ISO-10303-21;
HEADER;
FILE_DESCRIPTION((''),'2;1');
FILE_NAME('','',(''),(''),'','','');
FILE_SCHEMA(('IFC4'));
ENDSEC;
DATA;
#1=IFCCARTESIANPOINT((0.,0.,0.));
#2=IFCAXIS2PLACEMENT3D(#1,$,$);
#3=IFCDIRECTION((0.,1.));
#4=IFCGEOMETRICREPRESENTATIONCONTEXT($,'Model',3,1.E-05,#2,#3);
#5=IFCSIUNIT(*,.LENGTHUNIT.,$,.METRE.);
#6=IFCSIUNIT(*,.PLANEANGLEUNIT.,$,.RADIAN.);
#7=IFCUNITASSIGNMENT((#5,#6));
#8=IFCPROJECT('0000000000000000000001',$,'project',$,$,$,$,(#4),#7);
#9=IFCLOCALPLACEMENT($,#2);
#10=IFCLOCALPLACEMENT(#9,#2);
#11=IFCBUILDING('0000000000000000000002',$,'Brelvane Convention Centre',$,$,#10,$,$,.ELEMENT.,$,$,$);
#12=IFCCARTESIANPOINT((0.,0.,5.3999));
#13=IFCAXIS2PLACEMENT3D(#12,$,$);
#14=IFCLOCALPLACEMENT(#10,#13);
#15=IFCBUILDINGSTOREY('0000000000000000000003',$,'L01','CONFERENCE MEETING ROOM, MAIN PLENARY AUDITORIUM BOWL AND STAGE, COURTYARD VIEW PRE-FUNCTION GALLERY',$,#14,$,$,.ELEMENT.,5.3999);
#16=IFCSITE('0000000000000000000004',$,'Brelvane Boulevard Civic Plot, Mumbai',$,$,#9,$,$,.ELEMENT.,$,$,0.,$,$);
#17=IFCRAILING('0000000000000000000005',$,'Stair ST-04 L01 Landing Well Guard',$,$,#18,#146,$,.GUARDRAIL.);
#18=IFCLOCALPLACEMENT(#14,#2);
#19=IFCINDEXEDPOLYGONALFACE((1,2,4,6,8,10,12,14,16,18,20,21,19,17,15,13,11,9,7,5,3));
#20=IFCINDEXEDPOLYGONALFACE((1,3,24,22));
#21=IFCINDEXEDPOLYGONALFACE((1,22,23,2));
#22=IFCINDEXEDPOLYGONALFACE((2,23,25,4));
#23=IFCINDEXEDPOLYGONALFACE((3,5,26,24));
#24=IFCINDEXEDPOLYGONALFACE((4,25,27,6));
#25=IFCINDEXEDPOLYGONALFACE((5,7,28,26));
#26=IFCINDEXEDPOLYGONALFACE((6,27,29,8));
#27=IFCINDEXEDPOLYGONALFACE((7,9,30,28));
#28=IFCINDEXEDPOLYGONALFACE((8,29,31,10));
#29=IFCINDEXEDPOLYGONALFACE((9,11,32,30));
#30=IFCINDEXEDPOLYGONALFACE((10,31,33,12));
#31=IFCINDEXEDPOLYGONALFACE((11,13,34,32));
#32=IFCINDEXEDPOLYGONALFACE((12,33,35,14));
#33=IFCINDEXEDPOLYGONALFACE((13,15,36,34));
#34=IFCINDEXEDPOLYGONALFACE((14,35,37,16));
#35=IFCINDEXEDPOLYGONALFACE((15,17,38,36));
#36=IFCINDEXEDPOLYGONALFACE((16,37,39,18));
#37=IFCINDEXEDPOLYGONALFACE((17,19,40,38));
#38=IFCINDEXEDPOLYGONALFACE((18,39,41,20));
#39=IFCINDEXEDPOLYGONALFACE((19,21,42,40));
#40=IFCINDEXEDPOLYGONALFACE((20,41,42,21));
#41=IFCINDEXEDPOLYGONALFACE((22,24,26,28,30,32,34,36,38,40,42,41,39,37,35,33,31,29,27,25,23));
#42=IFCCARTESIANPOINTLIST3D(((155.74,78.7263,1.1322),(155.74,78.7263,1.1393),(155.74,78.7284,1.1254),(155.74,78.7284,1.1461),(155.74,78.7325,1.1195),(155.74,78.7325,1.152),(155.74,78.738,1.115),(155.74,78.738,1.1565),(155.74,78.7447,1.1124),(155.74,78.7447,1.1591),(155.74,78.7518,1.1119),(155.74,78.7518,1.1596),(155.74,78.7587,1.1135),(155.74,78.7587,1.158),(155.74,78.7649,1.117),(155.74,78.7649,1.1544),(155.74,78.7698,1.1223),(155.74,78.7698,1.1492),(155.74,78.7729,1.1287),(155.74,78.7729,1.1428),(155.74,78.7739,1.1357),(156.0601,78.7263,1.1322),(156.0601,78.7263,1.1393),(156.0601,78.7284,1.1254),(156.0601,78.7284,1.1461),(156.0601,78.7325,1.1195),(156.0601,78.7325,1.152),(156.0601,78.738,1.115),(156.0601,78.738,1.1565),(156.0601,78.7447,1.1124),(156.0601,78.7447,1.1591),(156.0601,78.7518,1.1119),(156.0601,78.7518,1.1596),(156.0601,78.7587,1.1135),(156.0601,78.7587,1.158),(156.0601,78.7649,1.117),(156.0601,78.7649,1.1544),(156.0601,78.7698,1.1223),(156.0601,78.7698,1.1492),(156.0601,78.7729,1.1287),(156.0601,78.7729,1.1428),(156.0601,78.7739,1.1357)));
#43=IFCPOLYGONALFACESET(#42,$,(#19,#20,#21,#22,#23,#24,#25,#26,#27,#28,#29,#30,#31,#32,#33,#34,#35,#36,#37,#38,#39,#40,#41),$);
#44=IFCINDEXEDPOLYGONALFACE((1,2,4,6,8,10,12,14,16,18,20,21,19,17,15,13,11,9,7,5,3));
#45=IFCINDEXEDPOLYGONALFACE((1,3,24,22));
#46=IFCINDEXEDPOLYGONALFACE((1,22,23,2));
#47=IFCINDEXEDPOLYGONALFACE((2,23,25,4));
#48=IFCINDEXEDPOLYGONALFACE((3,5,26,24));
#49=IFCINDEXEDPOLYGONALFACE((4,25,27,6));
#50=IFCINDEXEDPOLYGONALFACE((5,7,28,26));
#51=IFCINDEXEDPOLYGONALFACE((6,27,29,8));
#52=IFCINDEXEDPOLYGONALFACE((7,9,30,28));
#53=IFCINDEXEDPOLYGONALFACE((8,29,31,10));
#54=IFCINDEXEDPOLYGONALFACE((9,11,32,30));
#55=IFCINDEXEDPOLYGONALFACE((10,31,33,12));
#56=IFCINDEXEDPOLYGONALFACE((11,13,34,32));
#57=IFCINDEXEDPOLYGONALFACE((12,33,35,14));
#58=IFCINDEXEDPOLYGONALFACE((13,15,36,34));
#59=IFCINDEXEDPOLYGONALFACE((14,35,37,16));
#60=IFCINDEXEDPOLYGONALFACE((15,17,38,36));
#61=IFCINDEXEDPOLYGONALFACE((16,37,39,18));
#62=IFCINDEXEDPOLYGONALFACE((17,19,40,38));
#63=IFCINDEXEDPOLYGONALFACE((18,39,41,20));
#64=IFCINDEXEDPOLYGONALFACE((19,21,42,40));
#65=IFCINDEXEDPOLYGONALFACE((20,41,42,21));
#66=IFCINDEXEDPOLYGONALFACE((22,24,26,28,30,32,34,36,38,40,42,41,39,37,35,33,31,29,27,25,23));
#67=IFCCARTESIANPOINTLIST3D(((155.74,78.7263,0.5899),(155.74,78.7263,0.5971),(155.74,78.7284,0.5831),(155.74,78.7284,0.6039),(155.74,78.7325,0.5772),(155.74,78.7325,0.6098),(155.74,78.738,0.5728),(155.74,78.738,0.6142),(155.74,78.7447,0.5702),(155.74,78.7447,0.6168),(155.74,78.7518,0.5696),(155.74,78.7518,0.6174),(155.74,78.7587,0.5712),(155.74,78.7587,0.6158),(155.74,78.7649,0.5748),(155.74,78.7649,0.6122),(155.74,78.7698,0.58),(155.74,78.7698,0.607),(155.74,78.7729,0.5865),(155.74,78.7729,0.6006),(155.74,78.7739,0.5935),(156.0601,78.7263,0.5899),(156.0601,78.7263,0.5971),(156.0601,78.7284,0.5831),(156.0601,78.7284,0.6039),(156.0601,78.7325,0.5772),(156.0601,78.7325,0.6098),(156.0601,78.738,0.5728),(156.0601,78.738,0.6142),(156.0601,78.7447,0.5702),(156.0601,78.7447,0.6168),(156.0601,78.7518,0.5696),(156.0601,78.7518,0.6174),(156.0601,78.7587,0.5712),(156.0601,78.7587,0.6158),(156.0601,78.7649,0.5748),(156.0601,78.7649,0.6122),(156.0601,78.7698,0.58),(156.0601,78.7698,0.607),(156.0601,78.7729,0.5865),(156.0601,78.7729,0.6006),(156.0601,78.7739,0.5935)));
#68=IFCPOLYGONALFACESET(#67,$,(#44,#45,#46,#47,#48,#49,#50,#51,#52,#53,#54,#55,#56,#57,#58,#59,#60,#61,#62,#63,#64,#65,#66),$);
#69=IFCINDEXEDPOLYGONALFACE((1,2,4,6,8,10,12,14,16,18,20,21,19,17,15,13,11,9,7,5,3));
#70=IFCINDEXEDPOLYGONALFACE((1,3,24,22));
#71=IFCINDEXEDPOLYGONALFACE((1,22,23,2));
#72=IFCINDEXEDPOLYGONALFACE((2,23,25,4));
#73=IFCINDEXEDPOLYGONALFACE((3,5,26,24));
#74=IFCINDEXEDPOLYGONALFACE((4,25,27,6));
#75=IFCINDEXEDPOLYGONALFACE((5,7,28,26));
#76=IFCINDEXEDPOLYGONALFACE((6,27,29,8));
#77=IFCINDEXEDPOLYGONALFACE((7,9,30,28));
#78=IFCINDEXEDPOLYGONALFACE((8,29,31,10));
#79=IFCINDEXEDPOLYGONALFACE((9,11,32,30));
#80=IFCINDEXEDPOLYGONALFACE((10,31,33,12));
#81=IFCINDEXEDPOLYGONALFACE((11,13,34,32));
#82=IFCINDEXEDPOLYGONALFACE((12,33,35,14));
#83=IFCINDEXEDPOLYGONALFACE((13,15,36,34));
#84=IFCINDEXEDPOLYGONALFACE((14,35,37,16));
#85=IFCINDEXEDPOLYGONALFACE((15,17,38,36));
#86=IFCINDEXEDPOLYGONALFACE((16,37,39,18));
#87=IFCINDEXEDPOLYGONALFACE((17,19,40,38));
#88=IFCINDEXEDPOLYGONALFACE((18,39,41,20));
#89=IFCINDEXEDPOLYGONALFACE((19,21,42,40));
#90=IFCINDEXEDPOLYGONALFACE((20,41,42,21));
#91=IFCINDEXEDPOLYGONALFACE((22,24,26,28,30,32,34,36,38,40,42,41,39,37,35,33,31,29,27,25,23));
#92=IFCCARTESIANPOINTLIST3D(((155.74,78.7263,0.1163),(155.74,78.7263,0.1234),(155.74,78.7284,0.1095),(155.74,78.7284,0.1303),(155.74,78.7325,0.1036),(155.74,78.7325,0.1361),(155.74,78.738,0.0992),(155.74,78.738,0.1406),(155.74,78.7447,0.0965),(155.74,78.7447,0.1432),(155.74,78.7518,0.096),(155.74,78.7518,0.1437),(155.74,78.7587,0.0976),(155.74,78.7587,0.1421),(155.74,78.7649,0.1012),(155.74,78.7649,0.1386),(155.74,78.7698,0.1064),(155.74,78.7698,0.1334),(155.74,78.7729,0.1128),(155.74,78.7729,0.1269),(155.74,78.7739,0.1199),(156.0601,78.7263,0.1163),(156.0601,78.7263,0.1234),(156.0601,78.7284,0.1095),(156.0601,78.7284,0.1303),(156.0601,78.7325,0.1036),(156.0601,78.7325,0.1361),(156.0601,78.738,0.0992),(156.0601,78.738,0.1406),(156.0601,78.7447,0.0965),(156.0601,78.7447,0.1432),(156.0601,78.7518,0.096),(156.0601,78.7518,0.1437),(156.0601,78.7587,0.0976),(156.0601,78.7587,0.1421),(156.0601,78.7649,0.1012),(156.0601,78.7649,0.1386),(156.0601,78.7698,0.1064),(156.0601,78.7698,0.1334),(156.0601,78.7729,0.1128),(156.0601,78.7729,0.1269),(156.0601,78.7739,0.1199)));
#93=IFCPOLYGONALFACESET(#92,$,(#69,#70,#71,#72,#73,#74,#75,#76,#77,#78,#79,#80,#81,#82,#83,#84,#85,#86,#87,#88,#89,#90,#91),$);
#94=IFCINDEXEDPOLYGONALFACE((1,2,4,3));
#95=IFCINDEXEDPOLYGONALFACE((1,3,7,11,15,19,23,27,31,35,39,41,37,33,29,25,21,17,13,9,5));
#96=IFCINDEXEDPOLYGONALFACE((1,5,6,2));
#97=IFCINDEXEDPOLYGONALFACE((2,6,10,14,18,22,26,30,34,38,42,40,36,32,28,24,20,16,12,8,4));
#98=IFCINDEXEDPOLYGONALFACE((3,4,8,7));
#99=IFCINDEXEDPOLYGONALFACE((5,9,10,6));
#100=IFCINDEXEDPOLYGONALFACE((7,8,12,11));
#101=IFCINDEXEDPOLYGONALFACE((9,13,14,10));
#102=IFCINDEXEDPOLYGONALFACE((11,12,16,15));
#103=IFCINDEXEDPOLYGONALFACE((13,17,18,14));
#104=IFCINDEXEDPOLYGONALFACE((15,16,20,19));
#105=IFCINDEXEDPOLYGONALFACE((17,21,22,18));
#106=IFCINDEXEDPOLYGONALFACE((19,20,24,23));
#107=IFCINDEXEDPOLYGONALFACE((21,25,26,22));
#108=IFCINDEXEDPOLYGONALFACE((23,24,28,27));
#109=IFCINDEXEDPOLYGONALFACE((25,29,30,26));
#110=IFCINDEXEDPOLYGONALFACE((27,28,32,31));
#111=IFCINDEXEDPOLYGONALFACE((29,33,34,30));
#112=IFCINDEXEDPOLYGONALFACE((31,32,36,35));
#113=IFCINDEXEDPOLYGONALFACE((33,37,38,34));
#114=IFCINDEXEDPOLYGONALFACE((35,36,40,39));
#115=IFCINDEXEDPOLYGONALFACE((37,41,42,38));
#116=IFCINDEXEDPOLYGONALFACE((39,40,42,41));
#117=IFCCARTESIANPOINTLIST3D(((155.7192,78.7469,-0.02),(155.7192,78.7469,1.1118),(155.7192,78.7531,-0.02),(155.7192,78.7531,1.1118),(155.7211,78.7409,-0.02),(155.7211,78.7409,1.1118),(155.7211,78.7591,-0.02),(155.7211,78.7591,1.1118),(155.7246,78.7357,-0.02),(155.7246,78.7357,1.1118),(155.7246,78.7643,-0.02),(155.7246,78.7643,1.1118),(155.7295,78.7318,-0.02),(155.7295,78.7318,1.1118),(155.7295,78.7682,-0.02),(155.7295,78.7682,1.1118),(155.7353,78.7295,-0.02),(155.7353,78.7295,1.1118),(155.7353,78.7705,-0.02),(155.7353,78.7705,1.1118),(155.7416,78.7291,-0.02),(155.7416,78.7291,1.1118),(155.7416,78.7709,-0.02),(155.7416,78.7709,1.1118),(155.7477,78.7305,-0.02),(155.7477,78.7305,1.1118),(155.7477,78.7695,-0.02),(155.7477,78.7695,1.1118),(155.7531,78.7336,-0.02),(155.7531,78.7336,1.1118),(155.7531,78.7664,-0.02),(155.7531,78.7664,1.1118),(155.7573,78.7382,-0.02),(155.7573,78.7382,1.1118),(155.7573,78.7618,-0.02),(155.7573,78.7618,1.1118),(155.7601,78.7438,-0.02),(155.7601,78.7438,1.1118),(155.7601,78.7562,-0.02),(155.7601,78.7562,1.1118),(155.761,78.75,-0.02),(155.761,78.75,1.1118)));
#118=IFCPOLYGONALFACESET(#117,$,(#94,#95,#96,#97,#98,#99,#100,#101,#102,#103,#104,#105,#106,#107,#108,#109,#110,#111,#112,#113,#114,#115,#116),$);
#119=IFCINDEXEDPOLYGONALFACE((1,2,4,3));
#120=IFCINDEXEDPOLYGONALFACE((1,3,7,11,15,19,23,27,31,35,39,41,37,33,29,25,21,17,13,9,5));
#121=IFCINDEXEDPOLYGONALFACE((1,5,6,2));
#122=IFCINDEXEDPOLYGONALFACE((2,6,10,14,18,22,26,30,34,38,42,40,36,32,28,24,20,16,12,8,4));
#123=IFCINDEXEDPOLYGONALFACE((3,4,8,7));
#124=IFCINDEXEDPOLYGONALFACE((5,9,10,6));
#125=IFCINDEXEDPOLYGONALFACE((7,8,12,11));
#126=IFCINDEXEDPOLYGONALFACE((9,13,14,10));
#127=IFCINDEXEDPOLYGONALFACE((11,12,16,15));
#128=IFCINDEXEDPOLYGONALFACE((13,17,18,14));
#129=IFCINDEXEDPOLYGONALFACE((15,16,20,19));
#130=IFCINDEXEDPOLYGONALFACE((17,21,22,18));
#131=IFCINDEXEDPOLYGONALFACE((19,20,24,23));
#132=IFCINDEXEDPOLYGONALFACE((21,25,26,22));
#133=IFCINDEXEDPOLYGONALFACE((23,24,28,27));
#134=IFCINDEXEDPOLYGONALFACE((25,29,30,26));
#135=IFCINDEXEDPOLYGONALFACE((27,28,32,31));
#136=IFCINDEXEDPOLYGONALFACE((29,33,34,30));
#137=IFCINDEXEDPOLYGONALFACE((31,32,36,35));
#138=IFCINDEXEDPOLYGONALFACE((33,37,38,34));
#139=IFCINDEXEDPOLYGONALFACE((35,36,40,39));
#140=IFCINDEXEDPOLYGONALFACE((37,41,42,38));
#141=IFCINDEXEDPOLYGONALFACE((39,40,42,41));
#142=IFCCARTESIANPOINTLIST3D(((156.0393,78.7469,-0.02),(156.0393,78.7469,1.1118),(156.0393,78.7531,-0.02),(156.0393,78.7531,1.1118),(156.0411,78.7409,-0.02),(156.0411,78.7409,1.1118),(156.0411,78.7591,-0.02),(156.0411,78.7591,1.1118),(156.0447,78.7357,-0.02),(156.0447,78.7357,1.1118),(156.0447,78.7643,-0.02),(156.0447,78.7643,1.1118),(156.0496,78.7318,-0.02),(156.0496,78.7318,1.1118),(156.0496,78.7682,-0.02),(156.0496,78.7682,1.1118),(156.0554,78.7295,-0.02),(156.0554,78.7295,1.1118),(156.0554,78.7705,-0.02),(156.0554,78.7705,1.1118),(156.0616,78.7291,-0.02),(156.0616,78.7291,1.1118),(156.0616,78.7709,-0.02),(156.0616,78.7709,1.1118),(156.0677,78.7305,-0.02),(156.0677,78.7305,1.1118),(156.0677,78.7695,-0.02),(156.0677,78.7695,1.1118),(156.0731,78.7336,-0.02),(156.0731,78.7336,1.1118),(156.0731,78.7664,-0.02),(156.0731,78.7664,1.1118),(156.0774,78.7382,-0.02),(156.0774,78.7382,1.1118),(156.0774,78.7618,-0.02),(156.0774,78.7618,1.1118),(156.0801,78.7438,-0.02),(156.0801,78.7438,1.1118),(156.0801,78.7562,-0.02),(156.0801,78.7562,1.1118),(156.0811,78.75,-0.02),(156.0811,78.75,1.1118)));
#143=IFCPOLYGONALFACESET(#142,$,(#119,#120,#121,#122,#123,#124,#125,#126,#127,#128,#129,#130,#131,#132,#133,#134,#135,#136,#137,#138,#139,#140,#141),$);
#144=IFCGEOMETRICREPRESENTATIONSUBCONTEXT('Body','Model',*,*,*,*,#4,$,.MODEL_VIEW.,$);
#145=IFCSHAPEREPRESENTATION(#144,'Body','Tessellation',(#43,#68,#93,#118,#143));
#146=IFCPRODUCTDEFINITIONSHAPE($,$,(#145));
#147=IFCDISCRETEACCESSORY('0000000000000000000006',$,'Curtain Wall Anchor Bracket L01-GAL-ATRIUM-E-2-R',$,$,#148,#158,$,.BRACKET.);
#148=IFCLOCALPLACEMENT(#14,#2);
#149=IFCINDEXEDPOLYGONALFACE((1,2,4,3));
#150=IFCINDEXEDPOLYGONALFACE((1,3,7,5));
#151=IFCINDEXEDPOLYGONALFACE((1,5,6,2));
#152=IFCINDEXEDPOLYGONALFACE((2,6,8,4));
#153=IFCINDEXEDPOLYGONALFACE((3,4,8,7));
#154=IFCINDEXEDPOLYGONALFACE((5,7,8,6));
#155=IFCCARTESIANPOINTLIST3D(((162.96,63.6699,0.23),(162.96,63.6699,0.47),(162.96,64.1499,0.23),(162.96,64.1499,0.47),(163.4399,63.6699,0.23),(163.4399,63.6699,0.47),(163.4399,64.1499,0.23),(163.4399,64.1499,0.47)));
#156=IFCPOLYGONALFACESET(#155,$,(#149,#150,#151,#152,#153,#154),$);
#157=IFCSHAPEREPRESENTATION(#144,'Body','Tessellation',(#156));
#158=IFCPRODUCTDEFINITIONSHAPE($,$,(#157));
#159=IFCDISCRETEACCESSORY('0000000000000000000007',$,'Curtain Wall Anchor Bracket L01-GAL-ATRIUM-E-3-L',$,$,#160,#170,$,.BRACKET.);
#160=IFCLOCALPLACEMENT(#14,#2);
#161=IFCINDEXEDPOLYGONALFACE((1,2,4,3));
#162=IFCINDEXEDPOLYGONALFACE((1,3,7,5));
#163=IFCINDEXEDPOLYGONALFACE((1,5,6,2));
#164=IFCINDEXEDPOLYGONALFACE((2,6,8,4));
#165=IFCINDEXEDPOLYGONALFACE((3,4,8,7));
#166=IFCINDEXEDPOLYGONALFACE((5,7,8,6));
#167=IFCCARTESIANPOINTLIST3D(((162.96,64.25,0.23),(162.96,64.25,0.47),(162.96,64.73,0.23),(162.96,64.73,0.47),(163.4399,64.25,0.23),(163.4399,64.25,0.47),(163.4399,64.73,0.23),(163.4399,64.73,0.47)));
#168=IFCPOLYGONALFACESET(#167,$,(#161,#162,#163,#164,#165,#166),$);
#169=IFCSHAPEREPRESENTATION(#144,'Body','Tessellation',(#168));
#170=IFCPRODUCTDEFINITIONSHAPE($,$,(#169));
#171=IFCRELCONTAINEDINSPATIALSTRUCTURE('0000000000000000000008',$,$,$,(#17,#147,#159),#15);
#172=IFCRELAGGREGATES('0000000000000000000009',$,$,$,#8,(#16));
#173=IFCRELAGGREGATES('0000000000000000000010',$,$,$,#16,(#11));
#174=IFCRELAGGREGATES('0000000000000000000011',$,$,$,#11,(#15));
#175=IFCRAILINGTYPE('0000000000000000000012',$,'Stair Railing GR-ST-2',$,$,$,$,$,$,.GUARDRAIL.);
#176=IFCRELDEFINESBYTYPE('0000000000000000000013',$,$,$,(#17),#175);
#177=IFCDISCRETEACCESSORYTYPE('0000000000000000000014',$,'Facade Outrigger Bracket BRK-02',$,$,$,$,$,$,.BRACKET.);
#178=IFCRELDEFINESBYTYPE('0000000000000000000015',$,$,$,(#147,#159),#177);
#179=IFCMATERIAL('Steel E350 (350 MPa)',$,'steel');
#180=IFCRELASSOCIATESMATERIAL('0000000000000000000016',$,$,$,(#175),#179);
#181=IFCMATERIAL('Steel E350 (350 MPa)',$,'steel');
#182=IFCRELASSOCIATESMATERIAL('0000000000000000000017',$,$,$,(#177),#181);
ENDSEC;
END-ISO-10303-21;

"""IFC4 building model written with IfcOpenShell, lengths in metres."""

from ifc_helpers import new_model, si_unit, direction, frame, origin, origin_2d, place, context, subcontext, project, spatial, rectangle, circle, extrude, material, type_object, element, save


model = new_model("IFC4")

# Units and contexts
model_context = context("Model", 3, precision=1e-05, world=origin(), true_north=direction((0.0, 1.0)))
body_context = subcontext(model_context, "Body", "Model", "MODEL_VIEW")
ifc_project = project(units=[si_unit("LENGTHUNIT", "METRE"), si_unit("PLANEANGLEUNIT", "RADIAN")], contexts=[model_context])

# Site, building, storey
site_placement = place(None, origin())
site = spatial("IfcSite", under=ifc_project, at=site_placement, Name="Brelvane Boulevard Civic Plot, Mumbai", CompositionType="ELEMENT", RefElevation=0.0)
building_placement = place(site_placement, origin())
building = spatial("IfcBuilding", under=site, at=building_placement, Name="Brelvane Convention Centre", CompositionType="ELEMENT")
storey_placement = place(building_placement, frame((0.0, 0.0, 5.3999)))
storey = spatial("IfcBuildingStorey", under=building, at=storey_placement, Name="L01", Description="CONFERENCE MEETING ROOM, MAIN PLENARY AUDITORIUM BOWL AND STAGE, COURTYARD VIEW PRE-FUNCTION GALLERY", CompositionType="ELEMENT", Elevation=5.3999)

# Railing
ifc_material_1 = material(Name="Steel E350 (350 MPa)", Category="steel")
railing_type_1 = type_object("IfcRailingType", Name="Stair Railing GR-ST-2", PredefinedType="GUARDRAIL", material=ifc_material_1)
railing_1_placement = place(storey_placement, frame((155.74, 78.75, -0.02)))
element("IfcRailing", 1, at=railing_1_placement, inside=storey, type_object=railing_type_1, Name="Stair ST-04 L01 Landing Well Guard", PredefinedType="GUARDRAIL", context=body_context, shape_type="SweptSolid", body=[
    extrude(circle(Radius=0.0239, at=origin_2d()), frame((0.0, 0.0, 1.1558), z_axis=(1.0, 0.0, 0.0), x_axis=(0.0, 1.0, 0.0)), (0.0, 0.0, 1.0), 0.3201),
    extrude(circle(Radius=0.0239, at=origin_2d()), frame((0.0, 0.0, 0.6135), z_axis=(1.0, 0.0, 0.0), x_axis=(0.0, 1.0, 0.0)), (0.0, 0.0, 1.0), 0.3201),
    extrude(circle(Radius=0.0239, at=origin_2d()), frame((0.0, 0.0, 0.1399), z_axis=(1.0, 0.0, 0.0), x_axis=(0.0, 1.0, 0.0)), (0.0, 0.0, 1.0), 0.3201),
    extrude(circle(Radius=0.021, at=origin_2d()), origin(), (0.0, 0.0, 1.0), 1.1318),
    extrude(circle(Radius=0.021, at=origin_2d()), frame((0.3201, 0.0, 0.0)), (0.0, 0.0, 1.0), 1.1318),
])

# Discrete accessories
ifc_material_2 = material(Name="Steel E350 (350 MPa)", Category="steel")
discrete_accessory_type = type_object("IfcDiscreteAccessoryType", Name="Facade Outrigger Bracket BRK-02", PredefinedType="BRACKET", material=ifc_material_2)
for number, where, z_axis, x_axis, name in (
    (2, (163.2, 63.9099, 0.23), (0.0, 0.0, 1.0), (1.0, 0.0, 0.0), "Curtain Wall Anchor Bracket L01-GAL-ATRIUM-E-2-R"),
    (3, (163.2, 64.49, 0.23), (0.0, 0.0, 1.0), (1.0, 0.0, 0.0), "Curtain Wall Anchor Bracket L01-GAL-ATRIUM-E-3-L"),
):
    element("IfcDiscreteAccessory", number, at=place(storey_placement, frame(where, z_axis=z_axis, x_axis=x_axis)), inside=storey, type_object=discrete_accessory_type, Name=name, PredefinedType="BRACKET", context=body_context, shape_type="SweptSolid", body=[
        extrude(rectangle(XDim=0.48, YDim=0.48, at=origin_2d()), origin(), (0.0, 0.0, 1.0), 0.24),
    ])

save(model, "model.ifc")
